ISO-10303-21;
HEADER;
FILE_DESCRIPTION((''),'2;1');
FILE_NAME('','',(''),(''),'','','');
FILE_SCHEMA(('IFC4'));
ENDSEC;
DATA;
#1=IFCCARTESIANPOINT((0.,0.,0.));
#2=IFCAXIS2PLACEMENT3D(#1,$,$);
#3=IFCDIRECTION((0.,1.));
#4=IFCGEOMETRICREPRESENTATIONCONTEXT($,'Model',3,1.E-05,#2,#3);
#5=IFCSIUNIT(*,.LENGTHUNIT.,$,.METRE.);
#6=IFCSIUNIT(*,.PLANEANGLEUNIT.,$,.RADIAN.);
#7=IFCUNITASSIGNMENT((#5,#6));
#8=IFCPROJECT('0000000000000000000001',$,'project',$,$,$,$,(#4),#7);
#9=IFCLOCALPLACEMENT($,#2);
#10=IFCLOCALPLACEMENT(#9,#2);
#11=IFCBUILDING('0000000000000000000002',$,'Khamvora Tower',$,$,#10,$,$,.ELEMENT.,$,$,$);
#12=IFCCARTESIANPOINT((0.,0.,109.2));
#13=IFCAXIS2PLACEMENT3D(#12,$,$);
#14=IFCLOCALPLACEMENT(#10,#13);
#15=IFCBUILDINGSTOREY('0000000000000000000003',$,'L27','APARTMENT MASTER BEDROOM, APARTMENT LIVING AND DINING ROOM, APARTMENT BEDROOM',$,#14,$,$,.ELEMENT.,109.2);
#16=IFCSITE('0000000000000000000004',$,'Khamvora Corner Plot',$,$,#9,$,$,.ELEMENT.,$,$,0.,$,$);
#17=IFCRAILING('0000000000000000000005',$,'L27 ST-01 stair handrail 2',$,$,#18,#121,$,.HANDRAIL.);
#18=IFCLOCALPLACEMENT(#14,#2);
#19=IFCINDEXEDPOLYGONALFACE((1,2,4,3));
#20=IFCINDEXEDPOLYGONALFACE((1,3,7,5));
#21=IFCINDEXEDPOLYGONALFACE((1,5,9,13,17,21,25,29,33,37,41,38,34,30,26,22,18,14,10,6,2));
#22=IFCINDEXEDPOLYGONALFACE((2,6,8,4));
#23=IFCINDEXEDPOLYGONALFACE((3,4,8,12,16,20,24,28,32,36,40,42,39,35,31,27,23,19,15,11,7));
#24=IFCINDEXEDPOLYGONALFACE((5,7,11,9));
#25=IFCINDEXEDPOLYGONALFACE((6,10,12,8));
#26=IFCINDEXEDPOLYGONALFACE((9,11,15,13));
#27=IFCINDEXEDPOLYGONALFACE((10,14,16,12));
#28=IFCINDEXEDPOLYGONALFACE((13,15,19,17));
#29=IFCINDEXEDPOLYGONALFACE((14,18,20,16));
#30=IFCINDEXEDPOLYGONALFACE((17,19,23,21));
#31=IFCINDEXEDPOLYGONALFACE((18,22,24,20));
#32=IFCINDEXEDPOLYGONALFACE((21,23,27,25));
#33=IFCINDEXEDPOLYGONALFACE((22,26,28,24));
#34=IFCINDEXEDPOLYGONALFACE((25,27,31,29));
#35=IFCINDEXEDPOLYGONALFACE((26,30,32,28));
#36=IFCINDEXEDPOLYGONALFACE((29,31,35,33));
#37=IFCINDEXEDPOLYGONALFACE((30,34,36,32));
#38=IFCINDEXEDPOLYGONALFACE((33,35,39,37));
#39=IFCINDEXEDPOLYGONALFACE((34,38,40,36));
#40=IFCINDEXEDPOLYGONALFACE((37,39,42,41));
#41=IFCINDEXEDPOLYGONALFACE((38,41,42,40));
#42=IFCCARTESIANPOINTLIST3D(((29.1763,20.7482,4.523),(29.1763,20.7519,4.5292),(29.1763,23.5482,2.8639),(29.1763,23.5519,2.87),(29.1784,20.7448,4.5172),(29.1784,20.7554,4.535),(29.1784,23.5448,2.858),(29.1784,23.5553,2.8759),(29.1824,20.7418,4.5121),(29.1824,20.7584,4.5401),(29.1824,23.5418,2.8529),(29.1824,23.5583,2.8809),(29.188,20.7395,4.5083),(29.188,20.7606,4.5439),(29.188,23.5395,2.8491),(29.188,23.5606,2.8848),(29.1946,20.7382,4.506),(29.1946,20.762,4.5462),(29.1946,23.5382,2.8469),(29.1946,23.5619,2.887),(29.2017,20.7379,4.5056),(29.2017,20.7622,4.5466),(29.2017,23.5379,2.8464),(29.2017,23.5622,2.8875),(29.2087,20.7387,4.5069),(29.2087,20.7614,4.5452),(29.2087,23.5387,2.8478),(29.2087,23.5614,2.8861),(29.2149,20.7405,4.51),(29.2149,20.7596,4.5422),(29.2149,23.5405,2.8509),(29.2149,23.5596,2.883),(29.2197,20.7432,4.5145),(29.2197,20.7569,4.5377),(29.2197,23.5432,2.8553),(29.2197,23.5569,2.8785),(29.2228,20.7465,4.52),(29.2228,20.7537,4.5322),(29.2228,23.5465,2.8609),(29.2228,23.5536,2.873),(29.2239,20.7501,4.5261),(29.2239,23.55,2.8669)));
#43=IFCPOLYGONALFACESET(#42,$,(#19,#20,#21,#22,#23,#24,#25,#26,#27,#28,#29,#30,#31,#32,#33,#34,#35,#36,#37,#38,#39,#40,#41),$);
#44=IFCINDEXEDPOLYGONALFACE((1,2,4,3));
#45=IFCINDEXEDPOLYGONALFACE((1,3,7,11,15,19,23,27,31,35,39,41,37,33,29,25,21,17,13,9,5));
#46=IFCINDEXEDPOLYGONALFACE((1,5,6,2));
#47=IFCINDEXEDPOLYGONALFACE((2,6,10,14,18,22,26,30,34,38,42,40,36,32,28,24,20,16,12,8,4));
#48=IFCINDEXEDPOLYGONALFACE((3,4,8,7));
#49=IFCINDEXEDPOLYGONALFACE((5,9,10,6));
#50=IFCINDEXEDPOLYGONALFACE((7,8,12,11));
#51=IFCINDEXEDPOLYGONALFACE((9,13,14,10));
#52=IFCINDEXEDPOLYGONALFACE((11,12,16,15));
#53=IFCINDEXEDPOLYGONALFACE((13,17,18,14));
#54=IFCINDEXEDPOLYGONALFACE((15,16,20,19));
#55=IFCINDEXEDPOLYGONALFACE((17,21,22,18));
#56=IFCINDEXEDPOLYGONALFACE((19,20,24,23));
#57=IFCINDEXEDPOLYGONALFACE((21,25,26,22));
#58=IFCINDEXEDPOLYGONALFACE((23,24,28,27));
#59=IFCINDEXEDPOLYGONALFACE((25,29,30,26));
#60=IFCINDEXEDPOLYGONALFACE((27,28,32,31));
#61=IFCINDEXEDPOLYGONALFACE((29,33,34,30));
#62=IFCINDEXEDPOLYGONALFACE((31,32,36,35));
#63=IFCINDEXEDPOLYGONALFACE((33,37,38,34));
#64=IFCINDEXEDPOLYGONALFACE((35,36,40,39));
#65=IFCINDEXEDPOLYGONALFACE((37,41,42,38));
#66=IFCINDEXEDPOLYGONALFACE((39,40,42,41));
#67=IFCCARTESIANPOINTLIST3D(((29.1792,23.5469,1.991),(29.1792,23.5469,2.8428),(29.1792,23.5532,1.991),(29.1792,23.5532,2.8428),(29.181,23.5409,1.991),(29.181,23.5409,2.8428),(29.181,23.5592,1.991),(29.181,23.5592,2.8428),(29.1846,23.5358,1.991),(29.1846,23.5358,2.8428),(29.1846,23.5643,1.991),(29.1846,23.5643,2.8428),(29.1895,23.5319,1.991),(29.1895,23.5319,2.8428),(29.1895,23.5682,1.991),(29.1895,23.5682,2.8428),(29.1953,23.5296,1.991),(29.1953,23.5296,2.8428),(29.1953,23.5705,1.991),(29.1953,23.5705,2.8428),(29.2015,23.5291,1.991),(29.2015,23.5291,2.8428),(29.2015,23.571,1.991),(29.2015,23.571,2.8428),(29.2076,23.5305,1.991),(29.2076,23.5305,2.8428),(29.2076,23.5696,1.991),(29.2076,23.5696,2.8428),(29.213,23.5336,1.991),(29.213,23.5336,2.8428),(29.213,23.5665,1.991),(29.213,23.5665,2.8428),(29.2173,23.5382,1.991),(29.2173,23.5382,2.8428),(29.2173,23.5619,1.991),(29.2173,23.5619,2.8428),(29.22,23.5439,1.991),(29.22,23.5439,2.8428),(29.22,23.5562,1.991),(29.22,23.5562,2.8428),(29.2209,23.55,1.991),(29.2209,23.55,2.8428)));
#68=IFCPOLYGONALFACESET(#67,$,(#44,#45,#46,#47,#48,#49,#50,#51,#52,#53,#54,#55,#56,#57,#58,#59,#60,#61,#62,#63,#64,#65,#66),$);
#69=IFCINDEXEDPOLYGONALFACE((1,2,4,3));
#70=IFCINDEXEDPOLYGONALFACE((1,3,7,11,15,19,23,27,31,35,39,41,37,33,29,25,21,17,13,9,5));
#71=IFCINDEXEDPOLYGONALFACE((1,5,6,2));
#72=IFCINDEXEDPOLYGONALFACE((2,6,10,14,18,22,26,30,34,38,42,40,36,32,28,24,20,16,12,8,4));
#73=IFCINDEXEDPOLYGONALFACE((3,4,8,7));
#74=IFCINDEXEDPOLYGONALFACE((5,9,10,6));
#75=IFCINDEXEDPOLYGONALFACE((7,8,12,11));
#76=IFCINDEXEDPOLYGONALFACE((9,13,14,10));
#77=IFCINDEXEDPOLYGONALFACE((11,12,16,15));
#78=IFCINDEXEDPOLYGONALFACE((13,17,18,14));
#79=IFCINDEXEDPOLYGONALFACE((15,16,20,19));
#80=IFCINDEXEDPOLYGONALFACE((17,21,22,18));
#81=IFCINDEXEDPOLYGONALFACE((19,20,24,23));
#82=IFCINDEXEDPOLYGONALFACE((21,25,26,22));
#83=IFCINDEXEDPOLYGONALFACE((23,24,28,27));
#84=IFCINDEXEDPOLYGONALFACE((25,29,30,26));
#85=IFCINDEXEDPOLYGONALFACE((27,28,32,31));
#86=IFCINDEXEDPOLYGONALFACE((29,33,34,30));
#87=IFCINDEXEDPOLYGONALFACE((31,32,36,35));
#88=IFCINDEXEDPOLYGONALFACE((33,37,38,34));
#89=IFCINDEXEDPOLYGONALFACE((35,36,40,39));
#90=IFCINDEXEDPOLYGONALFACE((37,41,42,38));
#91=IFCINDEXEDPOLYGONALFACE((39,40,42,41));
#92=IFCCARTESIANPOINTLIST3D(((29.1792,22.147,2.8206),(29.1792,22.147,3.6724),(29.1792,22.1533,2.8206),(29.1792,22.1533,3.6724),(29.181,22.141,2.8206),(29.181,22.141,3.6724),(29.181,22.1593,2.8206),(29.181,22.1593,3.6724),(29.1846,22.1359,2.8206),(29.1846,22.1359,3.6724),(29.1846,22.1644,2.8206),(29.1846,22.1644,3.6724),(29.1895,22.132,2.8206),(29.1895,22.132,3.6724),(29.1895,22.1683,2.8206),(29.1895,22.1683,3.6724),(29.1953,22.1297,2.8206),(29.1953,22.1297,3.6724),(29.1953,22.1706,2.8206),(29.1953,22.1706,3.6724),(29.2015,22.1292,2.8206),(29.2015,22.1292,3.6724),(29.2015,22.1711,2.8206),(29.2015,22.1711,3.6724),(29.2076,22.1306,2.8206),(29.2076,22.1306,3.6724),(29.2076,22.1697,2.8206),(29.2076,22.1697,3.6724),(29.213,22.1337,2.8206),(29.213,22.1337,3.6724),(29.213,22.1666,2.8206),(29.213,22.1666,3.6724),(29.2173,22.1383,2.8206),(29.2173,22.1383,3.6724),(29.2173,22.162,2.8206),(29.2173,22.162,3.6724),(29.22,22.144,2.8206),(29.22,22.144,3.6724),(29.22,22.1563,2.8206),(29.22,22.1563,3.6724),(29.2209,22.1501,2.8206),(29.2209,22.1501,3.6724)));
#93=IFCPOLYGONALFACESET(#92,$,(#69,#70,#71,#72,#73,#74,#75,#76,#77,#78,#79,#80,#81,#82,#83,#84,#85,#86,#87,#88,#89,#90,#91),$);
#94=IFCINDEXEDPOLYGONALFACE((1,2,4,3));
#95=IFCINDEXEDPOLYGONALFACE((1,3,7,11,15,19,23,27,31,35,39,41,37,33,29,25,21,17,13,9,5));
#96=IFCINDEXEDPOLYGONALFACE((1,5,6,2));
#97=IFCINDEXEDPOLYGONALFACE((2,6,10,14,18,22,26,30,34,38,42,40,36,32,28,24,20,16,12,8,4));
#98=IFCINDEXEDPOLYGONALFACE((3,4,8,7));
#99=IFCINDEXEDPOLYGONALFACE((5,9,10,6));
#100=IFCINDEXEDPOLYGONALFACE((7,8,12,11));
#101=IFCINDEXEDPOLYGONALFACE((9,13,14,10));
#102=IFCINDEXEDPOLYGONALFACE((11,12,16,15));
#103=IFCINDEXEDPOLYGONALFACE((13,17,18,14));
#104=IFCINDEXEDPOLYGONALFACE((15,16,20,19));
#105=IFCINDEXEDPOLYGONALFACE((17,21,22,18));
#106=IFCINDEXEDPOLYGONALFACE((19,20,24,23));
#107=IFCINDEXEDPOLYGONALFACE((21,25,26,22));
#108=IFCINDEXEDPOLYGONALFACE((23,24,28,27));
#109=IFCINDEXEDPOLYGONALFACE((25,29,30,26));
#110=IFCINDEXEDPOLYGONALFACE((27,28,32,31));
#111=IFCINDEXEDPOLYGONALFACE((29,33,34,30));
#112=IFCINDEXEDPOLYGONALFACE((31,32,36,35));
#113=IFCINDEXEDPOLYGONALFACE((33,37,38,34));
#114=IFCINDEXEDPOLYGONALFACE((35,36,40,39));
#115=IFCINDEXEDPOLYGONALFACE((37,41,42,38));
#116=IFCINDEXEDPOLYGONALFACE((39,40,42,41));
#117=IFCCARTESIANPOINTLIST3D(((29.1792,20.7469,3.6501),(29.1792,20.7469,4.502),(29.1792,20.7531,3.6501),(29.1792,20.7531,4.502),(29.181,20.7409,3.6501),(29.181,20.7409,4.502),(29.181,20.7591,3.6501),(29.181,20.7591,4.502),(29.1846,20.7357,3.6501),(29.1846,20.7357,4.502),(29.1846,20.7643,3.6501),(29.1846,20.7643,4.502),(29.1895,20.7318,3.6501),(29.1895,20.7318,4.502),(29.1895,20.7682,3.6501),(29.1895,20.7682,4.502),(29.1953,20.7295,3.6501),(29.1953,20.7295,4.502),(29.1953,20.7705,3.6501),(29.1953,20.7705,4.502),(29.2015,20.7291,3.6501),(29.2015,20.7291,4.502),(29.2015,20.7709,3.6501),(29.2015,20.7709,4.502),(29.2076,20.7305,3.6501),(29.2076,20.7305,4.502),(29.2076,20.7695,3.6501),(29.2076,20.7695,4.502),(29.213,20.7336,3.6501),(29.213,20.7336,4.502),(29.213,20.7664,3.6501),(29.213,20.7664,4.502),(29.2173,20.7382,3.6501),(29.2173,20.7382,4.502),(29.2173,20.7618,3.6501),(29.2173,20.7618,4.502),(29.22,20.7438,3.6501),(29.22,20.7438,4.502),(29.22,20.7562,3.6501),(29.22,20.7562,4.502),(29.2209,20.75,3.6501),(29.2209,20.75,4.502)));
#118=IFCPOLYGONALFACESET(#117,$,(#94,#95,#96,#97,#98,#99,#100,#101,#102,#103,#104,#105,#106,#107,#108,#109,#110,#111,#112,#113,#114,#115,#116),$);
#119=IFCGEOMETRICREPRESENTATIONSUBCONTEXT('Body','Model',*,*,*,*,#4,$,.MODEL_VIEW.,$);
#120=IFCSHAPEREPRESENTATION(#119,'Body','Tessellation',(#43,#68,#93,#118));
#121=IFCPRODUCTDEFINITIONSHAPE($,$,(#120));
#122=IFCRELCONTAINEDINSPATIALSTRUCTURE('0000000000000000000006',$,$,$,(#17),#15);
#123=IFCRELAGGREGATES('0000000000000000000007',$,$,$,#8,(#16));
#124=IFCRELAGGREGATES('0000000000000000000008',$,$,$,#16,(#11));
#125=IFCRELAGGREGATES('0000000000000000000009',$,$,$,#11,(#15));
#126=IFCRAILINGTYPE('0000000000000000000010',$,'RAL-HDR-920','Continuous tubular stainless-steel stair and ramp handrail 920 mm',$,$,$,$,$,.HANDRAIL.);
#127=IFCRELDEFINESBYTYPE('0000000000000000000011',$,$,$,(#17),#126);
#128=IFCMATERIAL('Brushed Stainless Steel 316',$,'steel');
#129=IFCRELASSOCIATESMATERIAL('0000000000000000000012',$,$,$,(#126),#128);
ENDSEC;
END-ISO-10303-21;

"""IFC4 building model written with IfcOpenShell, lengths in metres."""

from ifc_helpers import new_model, si_unit, direction, frame, origin, origin_2d, place, context, subcontext, project, spatial, circle, extrude, material, type_object, element, save


model = new_model("IFC4")

# Units and contexts
model_context = context("Model", 3, precision=1e-05, world=origin(), true_north=direction((0.0, 1.0)))
body_context = subcontext(model_context, "Body", "Model", "MODEL_VIEW")
ifc_project = project(units=[si_unit("LENGTHUNIT", "METRE"), si_unit("PLANEANGLEUNIT", "RADIAN")], contexts=[model_context])

# Site, building, storey
site_placement = place(None, origin())
site = spatial("IfcSite", under=ifc_project, at=site_placement, Name="Khamvora Corner Plot", CompositionType="ELEMENT", RefElevation=0.0)
building_placement = place(site_placement, origin())
building = spatial("IfcBuilding", under=site, at=building_placement, Name="Khamvora Tower", CompositionType="ELEMENT")
storey_placement = place(building_placement, frame((0.0, 0.0, 109.2)))
storey = spatial("IfcBuildingStorey", under=building, at=storey_placement, Name="L27", Description="APARTMENT MASTER BEDROOM, APARTMENT LIVING AND DINING ROOM, APARTMENT BEDROOM", CompositionType="ELEMENT", Elevation=109.2)

# Railing
ifc_material_1 = material(Name="Brushed Stainless Steel 316", Category="steel")
railing_type_1 = type_object("IfcRailingType", Name="RAL-HDR-920", Description="Continuous tubular stainless-steel stair and ramp handrail 920 mm", PredefinedType="HANDRAIL", material=ifc_material_1)
railing_1_placement = place(storey_placement, frame((29.2, 23.55, 1.991)))
element("IfcRailing", 1, at=railing_1_placement, inside=storey, type_object=railing_type_1, Name="L27 ST-01 stair handrail 2", PredefinedType="HANDRAIL", context=body_context, shape_type="SweptSolid", body=[
    extrude(circle(Radius=0.0239, at=origin_2d()), frame((0.0, 0.0, 0.876), z_axis=(0.0, -0.860306, 0.509778), x_axis=(1.0, 0.0, 0.0)), (0.0, 0.0, 1.0), 3.2546),
    extrude(circle(Radius=0.021, at=origin_2d()), origin(), (0.0, 0.0, 1.0), 0.8518),
    extrude(circle(Radius=0.021, at=origin_2d()), frame((0.0, -1.3999, 0.8296)), (0.0, 0.0, 1.0), 0.8518),
    extrude(circle(Radius=0.021, at=origin_2d()), frame((0.0, -2.8, 1.6592)), (0.0, 0.0, 1.0), 0.8518),
])

save(model, "model.ifc")
